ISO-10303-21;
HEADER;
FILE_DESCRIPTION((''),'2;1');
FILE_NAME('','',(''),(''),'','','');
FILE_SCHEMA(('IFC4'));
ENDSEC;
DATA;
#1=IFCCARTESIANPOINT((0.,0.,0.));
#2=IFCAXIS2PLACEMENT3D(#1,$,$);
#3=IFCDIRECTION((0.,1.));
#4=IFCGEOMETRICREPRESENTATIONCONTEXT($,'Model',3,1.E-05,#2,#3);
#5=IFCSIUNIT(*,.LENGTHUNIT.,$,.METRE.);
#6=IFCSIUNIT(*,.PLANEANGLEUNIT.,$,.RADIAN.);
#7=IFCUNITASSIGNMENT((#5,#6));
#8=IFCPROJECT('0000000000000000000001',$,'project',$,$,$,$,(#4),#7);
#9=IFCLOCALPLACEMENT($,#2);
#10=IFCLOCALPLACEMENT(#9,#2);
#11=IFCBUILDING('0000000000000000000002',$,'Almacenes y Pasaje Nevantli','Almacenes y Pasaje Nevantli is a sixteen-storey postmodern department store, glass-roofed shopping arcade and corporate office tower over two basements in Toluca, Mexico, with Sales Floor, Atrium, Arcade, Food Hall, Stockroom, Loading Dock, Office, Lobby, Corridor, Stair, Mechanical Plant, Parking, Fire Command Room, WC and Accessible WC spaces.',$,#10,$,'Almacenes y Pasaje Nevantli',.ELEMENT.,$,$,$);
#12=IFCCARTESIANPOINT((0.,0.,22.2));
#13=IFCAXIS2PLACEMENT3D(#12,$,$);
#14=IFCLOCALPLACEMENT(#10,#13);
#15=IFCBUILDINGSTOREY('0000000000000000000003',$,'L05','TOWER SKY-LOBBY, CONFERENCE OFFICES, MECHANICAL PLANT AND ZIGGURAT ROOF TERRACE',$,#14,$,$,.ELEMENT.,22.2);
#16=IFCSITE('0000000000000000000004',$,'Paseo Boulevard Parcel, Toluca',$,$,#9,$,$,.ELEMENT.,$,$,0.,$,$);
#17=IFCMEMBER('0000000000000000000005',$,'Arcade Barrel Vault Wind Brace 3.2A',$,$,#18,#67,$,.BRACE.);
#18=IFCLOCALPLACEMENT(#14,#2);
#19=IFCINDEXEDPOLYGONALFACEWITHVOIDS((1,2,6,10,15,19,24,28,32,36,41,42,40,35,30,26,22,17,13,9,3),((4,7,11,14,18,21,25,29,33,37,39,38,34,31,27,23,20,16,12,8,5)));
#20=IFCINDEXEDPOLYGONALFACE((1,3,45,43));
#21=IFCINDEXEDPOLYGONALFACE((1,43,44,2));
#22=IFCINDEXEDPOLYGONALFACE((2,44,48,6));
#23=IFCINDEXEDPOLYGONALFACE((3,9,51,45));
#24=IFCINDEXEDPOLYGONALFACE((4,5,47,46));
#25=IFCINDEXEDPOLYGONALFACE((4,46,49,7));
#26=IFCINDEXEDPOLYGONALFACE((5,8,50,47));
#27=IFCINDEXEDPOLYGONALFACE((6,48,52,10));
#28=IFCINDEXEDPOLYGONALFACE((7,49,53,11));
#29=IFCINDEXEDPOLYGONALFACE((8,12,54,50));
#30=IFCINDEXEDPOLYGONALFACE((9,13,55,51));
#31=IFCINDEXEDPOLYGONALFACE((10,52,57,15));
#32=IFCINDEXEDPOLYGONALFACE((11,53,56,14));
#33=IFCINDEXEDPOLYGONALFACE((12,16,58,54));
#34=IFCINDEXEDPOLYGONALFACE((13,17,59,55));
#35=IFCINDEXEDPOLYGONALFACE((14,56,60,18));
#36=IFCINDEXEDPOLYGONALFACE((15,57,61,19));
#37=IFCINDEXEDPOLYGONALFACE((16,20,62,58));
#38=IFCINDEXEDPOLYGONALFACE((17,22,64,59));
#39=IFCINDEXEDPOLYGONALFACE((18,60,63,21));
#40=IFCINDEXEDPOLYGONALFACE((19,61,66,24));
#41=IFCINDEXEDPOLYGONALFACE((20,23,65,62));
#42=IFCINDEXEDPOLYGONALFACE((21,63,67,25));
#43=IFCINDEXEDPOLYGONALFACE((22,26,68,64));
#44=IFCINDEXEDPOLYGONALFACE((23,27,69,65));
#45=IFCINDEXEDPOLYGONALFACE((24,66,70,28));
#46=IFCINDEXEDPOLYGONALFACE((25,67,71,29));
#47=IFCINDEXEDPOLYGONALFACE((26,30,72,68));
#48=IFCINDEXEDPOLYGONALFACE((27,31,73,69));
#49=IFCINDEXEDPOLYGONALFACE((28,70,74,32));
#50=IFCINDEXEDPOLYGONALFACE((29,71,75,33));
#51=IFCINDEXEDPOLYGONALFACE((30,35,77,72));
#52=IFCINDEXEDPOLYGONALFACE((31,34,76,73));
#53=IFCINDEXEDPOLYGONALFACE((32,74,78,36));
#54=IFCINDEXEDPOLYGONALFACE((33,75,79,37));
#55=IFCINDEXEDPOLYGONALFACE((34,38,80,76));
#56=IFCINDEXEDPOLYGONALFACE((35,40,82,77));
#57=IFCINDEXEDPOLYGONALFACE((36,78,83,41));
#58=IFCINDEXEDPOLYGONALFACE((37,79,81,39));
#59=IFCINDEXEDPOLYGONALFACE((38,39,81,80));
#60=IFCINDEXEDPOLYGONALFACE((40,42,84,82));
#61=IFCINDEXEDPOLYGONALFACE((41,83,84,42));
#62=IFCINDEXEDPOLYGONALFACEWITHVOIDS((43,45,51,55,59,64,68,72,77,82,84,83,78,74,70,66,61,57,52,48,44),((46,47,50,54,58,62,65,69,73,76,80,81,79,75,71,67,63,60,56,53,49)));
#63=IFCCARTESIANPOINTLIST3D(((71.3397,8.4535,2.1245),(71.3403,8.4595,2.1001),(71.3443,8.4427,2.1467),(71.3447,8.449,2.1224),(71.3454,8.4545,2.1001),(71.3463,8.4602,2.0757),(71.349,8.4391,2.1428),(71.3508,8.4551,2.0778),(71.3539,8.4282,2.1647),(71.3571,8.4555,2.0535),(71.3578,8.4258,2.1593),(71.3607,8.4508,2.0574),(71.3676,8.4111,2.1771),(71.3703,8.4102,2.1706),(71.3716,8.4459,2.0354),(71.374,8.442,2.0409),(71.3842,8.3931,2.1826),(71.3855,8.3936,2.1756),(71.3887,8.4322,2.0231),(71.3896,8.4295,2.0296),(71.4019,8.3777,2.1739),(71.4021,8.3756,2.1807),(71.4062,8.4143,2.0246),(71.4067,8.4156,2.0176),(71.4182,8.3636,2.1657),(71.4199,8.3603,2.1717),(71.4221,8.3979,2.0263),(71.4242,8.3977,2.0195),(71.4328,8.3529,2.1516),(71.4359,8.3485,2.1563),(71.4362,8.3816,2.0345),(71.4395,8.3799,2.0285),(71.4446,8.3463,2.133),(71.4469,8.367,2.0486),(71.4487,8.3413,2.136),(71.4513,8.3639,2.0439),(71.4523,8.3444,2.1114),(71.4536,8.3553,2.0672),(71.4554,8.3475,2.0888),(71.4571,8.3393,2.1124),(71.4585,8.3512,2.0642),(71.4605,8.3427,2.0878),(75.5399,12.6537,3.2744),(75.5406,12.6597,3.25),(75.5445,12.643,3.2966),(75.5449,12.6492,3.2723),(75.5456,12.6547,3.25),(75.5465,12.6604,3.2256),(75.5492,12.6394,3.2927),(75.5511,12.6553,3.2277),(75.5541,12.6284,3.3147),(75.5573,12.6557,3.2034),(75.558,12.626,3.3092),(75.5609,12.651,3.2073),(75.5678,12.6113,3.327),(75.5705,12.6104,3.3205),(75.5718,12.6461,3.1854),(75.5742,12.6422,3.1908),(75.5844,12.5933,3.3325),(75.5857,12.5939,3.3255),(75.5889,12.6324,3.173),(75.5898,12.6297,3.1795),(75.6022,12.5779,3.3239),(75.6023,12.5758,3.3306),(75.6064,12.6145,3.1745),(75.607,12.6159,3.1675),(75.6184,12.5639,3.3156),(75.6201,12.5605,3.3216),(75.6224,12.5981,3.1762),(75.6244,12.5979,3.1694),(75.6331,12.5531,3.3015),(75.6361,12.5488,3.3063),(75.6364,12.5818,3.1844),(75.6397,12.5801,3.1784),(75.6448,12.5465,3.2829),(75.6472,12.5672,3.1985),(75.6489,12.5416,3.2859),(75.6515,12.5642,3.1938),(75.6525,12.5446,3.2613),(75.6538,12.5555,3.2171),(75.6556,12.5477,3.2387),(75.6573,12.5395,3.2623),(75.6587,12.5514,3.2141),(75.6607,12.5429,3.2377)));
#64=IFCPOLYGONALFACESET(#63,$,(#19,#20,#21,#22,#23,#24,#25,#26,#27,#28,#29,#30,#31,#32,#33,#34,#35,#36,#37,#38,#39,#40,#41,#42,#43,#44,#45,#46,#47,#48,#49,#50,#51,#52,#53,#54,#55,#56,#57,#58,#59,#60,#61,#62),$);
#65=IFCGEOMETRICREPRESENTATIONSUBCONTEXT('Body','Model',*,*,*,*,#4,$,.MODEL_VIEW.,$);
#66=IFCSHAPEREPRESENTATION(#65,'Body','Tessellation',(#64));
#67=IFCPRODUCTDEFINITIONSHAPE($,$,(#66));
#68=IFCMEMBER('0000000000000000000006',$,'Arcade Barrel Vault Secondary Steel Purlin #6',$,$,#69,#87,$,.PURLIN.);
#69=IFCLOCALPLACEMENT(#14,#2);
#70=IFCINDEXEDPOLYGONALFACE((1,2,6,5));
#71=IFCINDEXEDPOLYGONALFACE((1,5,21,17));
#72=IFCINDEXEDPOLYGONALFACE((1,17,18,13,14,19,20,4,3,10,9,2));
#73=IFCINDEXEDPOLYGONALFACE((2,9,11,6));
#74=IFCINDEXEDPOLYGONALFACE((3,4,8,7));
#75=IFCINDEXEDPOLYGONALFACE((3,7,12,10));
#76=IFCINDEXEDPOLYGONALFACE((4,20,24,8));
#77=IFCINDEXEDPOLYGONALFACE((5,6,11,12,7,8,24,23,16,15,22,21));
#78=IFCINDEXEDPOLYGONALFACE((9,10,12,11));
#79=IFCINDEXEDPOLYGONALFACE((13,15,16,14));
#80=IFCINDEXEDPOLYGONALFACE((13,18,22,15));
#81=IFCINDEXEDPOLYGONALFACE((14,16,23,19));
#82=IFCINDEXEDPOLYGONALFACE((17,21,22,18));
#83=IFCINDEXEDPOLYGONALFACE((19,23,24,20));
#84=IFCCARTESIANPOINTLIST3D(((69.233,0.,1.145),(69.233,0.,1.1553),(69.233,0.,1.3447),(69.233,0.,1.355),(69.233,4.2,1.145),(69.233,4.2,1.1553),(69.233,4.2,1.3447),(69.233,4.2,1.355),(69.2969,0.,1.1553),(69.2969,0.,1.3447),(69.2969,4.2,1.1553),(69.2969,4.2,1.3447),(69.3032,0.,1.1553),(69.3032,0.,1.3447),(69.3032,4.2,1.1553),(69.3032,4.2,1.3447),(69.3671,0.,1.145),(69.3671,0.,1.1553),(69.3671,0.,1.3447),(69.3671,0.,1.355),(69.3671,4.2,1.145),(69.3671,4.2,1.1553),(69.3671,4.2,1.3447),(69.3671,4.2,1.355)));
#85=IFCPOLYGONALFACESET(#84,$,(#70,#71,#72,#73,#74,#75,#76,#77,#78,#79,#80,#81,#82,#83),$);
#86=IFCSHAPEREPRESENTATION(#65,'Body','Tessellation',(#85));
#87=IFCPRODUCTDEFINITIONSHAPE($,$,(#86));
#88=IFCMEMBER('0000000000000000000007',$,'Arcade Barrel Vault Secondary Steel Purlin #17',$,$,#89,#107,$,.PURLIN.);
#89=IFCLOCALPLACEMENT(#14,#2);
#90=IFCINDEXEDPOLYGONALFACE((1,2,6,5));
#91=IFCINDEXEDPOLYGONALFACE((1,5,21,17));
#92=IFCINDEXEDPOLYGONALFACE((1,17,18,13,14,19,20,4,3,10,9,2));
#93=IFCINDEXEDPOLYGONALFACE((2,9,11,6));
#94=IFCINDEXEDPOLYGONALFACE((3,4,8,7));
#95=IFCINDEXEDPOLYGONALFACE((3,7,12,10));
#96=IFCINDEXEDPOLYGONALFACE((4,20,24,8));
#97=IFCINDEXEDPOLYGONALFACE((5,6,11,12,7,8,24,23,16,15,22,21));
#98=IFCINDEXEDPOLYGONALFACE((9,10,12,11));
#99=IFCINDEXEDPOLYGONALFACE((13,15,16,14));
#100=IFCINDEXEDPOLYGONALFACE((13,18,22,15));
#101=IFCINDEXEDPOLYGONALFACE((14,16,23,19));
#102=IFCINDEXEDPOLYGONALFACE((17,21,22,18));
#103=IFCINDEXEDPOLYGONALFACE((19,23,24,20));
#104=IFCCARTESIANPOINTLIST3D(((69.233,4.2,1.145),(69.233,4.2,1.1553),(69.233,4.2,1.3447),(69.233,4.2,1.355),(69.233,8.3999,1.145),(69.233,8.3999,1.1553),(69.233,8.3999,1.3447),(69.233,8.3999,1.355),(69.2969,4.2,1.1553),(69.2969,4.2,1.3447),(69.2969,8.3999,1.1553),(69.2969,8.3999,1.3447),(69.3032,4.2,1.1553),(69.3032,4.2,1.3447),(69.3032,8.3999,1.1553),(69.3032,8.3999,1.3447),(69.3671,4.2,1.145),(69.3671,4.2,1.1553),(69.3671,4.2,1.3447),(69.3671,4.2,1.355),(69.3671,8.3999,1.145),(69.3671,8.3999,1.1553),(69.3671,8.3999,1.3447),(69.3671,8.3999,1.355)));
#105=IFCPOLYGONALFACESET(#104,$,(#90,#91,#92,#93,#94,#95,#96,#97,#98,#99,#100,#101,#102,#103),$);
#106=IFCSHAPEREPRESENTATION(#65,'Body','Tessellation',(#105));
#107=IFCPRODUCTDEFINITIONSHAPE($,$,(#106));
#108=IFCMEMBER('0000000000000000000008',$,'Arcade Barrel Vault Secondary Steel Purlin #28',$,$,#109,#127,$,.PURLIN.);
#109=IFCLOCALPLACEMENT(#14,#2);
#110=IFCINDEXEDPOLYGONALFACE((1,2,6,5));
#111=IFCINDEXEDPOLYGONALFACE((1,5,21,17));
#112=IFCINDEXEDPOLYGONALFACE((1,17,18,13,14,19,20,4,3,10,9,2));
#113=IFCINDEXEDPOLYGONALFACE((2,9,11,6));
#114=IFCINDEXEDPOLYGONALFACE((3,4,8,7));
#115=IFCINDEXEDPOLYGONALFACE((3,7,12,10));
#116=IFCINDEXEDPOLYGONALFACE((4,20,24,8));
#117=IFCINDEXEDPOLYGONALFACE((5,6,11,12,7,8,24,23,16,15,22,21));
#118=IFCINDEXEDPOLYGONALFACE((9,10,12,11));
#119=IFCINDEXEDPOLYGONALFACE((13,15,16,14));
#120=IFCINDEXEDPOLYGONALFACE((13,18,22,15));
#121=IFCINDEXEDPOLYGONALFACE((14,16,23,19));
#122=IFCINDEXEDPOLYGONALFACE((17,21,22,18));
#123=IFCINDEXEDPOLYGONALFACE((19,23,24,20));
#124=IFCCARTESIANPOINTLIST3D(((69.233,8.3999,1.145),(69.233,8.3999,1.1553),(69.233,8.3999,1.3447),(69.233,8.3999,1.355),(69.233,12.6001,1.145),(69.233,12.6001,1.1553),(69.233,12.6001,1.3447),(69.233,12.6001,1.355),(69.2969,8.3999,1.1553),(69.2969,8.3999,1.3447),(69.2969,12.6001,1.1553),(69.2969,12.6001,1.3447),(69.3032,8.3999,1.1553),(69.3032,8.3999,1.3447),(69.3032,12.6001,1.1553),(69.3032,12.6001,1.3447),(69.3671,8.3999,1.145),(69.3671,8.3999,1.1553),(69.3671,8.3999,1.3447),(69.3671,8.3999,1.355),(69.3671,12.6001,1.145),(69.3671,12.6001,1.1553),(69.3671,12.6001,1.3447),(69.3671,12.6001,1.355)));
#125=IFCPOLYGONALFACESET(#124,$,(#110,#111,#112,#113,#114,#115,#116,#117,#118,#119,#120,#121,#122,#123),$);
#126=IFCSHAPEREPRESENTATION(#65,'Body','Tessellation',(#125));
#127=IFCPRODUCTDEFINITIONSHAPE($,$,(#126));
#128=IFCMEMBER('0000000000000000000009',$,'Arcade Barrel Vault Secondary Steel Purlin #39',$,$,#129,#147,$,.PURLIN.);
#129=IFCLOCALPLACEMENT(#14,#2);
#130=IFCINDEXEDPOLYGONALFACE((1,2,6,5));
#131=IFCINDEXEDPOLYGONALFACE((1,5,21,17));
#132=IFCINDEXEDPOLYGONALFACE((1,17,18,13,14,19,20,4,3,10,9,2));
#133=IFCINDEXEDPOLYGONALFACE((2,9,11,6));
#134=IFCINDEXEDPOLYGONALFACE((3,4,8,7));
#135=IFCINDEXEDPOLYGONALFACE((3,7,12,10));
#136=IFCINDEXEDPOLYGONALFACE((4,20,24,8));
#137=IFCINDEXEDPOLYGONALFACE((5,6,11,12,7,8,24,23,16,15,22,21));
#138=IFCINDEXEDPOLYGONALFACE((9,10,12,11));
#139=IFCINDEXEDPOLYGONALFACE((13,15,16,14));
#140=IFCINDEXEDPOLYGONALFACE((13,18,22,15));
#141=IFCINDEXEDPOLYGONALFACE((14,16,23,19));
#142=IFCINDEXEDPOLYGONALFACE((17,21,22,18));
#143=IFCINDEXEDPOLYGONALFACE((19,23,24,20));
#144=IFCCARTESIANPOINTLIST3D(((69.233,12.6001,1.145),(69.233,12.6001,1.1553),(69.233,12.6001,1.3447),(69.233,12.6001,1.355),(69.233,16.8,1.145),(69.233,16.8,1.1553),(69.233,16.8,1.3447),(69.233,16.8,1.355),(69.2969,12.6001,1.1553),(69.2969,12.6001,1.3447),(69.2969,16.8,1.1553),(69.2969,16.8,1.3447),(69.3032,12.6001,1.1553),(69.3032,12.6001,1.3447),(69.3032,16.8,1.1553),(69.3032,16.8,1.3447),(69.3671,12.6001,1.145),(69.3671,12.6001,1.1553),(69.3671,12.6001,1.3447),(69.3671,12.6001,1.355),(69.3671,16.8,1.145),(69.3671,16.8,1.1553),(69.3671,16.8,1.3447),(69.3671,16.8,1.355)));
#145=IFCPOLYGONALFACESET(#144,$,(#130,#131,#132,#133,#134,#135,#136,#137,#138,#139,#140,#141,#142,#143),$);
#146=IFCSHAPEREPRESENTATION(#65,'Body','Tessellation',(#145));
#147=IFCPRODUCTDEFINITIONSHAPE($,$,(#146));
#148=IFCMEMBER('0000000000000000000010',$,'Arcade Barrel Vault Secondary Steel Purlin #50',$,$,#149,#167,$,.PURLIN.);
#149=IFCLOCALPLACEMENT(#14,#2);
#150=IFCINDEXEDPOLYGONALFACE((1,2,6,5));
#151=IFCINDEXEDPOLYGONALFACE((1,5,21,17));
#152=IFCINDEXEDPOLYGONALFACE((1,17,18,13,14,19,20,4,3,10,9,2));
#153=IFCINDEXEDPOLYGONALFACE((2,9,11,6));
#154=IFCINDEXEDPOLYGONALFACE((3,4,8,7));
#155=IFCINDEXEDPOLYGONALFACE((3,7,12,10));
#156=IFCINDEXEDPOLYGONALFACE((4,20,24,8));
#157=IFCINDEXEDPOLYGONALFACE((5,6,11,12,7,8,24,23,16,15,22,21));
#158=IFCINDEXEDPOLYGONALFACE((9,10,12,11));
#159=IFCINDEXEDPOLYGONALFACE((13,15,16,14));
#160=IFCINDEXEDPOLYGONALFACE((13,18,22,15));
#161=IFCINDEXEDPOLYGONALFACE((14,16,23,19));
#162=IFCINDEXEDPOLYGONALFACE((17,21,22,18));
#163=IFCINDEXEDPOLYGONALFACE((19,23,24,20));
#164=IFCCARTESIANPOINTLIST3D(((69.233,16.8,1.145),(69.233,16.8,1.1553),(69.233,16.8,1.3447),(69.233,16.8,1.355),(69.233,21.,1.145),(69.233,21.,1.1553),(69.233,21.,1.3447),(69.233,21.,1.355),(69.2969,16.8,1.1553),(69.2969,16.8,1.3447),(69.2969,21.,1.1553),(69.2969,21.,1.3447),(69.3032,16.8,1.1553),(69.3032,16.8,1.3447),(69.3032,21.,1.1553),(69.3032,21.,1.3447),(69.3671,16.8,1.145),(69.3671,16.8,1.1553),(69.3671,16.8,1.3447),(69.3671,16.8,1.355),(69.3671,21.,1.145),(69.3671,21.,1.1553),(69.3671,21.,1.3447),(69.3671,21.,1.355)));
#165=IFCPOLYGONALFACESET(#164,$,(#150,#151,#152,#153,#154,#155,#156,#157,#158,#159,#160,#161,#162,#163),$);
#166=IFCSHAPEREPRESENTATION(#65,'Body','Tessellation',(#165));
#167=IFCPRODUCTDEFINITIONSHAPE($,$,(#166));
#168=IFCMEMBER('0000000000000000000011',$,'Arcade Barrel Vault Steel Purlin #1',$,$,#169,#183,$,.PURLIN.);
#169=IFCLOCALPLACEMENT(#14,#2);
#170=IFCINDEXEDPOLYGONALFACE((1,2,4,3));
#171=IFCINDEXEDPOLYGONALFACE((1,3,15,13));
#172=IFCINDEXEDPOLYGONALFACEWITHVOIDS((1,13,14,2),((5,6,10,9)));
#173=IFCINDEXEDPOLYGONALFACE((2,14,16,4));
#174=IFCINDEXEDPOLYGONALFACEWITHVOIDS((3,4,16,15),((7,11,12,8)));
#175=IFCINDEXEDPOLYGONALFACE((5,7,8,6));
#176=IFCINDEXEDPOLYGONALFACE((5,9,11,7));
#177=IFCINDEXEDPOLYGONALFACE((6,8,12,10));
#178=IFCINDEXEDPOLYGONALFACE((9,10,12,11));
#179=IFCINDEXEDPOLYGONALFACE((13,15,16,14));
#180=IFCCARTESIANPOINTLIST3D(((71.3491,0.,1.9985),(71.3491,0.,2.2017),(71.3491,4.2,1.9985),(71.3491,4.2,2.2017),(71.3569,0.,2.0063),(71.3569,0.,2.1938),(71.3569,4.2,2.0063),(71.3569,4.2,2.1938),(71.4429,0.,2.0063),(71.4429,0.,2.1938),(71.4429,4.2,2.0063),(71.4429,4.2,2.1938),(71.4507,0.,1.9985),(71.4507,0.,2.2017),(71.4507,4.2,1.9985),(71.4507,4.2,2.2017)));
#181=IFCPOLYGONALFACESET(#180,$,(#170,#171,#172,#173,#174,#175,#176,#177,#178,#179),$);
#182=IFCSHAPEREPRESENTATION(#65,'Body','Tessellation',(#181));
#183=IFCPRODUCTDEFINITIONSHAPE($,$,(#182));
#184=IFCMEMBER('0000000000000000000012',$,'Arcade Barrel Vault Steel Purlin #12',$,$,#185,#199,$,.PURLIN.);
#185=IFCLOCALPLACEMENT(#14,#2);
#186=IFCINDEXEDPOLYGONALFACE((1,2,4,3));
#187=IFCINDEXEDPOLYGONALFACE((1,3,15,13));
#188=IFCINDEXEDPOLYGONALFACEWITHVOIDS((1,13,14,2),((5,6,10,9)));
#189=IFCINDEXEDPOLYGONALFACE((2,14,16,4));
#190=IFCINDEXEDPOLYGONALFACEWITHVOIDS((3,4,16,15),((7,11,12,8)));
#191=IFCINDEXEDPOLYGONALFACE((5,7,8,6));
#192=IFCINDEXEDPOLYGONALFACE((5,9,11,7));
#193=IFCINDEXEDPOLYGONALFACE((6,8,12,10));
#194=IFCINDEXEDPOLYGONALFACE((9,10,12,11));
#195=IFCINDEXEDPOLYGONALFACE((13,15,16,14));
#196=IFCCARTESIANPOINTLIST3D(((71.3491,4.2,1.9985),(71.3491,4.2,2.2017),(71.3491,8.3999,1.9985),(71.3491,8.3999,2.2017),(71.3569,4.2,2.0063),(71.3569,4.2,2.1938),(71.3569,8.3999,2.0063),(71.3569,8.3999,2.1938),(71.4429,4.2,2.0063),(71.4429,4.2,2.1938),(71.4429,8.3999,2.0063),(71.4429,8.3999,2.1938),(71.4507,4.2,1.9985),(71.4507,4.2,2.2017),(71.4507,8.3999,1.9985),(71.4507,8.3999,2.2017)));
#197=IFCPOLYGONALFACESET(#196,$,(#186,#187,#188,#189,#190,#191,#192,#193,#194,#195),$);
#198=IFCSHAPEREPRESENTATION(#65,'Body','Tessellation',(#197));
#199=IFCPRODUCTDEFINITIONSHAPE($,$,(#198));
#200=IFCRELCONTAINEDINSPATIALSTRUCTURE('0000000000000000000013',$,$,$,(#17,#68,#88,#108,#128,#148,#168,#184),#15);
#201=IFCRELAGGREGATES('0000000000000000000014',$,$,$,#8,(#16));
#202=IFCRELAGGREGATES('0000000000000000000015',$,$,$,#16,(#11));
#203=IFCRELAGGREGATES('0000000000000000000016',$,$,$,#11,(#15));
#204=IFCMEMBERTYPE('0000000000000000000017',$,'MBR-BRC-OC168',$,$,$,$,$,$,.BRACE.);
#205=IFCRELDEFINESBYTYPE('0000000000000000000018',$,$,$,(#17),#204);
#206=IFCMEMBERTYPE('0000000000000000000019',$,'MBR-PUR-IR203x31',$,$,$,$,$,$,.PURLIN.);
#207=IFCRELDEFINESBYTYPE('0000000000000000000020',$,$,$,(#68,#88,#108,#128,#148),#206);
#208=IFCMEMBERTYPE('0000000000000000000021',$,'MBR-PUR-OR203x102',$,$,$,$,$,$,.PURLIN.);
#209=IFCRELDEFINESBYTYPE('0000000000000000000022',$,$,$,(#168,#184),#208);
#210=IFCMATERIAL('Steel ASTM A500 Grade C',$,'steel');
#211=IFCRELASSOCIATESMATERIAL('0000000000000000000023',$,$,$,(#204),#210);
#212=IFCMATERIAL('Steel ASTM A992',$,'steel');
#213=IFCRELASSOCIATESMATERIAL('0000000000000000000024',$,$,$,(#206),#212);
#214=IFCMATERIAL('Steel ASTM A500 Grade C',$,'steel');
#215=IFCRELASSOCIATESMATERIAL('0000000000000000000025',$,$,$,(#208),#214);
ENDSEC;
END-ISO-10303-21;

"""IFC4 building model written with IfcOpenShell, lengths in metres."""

from ifc_helpers import new_model, si_unit, direction, frame, origin, origin_2d, place, context, subcontext, project, spatial, hollow_rectangle, hollow_circle, i_section, extrude, material, material_profile, profile_set, type_object, element, save


model = new_model("IFC4")

# Units and contexts
model_context = context("Model", 3, precision=1e-05, world=origin(), true_north=direction((0.0, 1.0)))
body_context = subcontext(model_context, "Body", "Model", "MODEL_VIEW")
ifc_project = project(units=[si_unit("LENGTHUNIT", "METRE"), si_unit("PLANEANGLEUNIT", "RADIAN")], contexts=[model_context])

# Site, building, storey
site_placement = place(None, origin())
site = spatial("IfcSite", under=ifc_project, at=site_placement, Name="Paseo Boulevard Parcel, Toluca", CompositionType="ELEMENT", RefElevation=0.0)
building_placement = place(site_placement, origin())
building = spatial("IfcBuilding", under=site, at=building_placement, Name="Almacenes y Pasaje Nevantli", Description="Almacenes y Pasaje Nevantli is a sixteen-storey postmodern department store, glass-roofed shopping arcade and corporate office tower over two basements in Toluca, Mexico, with Sales Floor, Atrium, Arcade, Food Hall, Stockroom, Loading Dock, Office, Lobby, Corridor, Stair, Mechanical Plant, Parking, Fire Command Room, WC and Accessible WC spaces.", LongName="Almacenes y Pasaje Nevantli", CompositionType="ELEMENT")
storey_placement = place(building_placement, frame((0.0, 0.0, 22.2)))
storey = spatial("IfcBuildingStorey", under=building, at=storey_placement, Name="L05", Description="TOWER SKY-LOBBY, CONFERENCE OFFICES, MECHANICAL PLANT AND ZIGGURAT ROOF TERRACE", CompositionType="ELEMENT", Elevation=22.2)

# Members
ifc_material_1 = material(Name="Steel ASTM A500 Grade C", Category="steel")
ifc_material_profile_1 = material_profile(ifc_material_1, hollow_circle(Radius=0.0842, WallThickness=0.0071, at=origin_2d()), Name="OC 168x7.1")
ifc_profile_set_1 = profile_set([ifc_material_profile_1], Name="Steel ASTM A500 Grade C")
member_type_1 = type_object("IfcMemberType", Name="MBR-BRC-OC168", PredefinedType="BRACE", material=ifc_profile_set_1)
member_1_placement = place(storey_placement, frame((71.3999, 8.3999, 2.1001), z_axis=(0.694218, 0.694218, 0.190059), x_axis=(-0.707107, 0.707107, 0.0)))
element("IfcMember", 1, at=member_1_placement, inside=storey, type_object=member_type_1, Name="Arcade Barrel Vault Wind Brace 3.2A", PredefinedType="BRACE", context=body_context, shape_type="SweptSolid", body=[
    extrude(hollow_circle(Radius=0.0842, WallThickness=0.0071, at=origin_2d()), origin(), (0.0, 0.0, 1.0), 6.0503),
])
ifc_material_2 = material(Name="Steel ASTM A992", Category="steel")
ifc_material_profile_2 = material_profile(ifc_material_2, i_section(OverallWidth=0.134, OverallDepth=0.21, WebThickness=0.0063, FlangeThickness=0.0103, at=origin_2d()), Name="IR 203x31.3")
ifc_profile_set_2 = profile_set([ifc_material_profile_2], Name="Steel ASTM A992")
member_type_2 = type_object("IfcMemberType", Name="MBR-PUR-IR203x31", PredefinedType="PURLIN", material=ifc_profile_set_2)
for number, where, z_axis, x_axis, name in (
    (2, (69.3, 0.0, 1.25), (0.0, 1.0, 0.0), (-1.0, 0.0, 0.0), "Arcade Barrel Vault Secondary Steel Purlin #6"),
    (3, (69.3, 4.2, 1.25), (0.0, 1.0, 0.0), (-1.0, 0.0, 0.0), "Arcade Barrel Vault Secondary Steel Purlin #17"),
):
    element("IfcMember", number, at=place(storey_placement, frame(where, z_axis=z_axis, x_axis=x_axis)), inside=storey, type_object=member_type_2, Name=name, PredefinedType="PURLIN", context=body_context, shape_type="SweptSolid", body=[
        extrude(i_section(OverallWidth=0.134, OverallDepth=0.21, WebThickness=0.0063, FlangeThickness=0.0103, at=origin_2d()), origin(), (0.0, 0.0, 1.0), 4.2),
    ])
member_2_placement = place(storey_placement, frame((69.3, 8.3999, 1.25), z_axis=(0.0, 1.0, 0.0), x_axis=(-1.0, 0.0, 0.0)))
element("IfcMember", 4, at=member_2_placement, inside=storey, type_object=member_type_2, Name="Arcade Barrel Vault Secondary Steel Purlin #28", PredefinedType="PURLIN", context=body_context, shape_type="SweptSolid", body=[
    extrude(i_section(OverallWidth=0.134, OverallDepth=0.21, WebThickness=0.0063, FlangeThickness=0.0103, at=origin_2d()), origin(), (0.0, 0.0, 1.0), 4.2002),
])
for number, where, z_axis, x_axis, name in (
    (5, (69.3, 12.6001, 1.25), (0.0, 1.0, 0.0), (-1.0, 0.0, 0.0), "Arcade Barrel Vault Secondary Steel Purlin #39"),
    (6, (69.3, 16.8, 1.25), (0.0, 1.0, 0.0), (-1.0, 0.0, 0.0), "Arcade Barrel Vault Secondary Steel Purlin #50"),
):
    element("IfcMember", number, at=place(storey_placement, frame(where, z_axis=z_axis, x_axis=x_axis)), inside=storey, type_object=member_type_2, Name=name, PredefinedType="PURLIN", context=body_context, shape_type="SweptSolid", body=[
        extrude(i_section(OverallWidth=0.134, OverallDepth=0.21, WebThickness=0.0063, FlangeThickness=0.0103, at=origin_2d()), origin(), (0.0, 0.0, 1.0), 4.2),
    ])
ifc_material_3 = material(Name="Steel ASTM A500 Grade C", Category="steel")
ifc_material_profile_3 = material_profile(ifc_material_3, hollow_rectangle(XDim=0.1016, YDim=0.2031, WallThickness=0.0078, at=origin_2d()), Name="OR 203x102x7.9")
ifc_profile_set_3 = profile_set([ifc_material_profile_3], Name="Steel ASTM A500 Grade C")
member_type_3 = type_object("IfcMemberType", Name="MBR-PUR-OR203x102", PredefinedType="PURLIN", material=ifc_profile_set_3)
for number, where, z_axis, x_axis, name in (
    (7, (71.3999, 0.0, 2.1001), (0.0, 1.0, 0.0), (-1.0, 0.0, 0.0), "Arcade Barrel Vault Steel Purlin #1"),
    (8, (71.3999, 4.2, 2.1001), (0.0, 1.0, 0.0), (-1.0, 0.0, 0.0), "Arcade Barrel Vault Steel Purlin #12"),
):
    element("IfcMember", number, at=place(storey_placement, frame(where, z_axis=z_axis, x_axis=x_axis)), inside=storey, type_object=member_type_3, Name=name, PredefinedType="PURLIN", context=body_context, shape_type="SweptSolid", body=[
        extrude(hollow_rectangle(XDim=0.1016, YDim=0.2031, WallThickness=0.0078, at=origin_2d()), origin(), (0.0, 0.0, 1.0), 4.2),
    ])

save(model, "model.ifc")
